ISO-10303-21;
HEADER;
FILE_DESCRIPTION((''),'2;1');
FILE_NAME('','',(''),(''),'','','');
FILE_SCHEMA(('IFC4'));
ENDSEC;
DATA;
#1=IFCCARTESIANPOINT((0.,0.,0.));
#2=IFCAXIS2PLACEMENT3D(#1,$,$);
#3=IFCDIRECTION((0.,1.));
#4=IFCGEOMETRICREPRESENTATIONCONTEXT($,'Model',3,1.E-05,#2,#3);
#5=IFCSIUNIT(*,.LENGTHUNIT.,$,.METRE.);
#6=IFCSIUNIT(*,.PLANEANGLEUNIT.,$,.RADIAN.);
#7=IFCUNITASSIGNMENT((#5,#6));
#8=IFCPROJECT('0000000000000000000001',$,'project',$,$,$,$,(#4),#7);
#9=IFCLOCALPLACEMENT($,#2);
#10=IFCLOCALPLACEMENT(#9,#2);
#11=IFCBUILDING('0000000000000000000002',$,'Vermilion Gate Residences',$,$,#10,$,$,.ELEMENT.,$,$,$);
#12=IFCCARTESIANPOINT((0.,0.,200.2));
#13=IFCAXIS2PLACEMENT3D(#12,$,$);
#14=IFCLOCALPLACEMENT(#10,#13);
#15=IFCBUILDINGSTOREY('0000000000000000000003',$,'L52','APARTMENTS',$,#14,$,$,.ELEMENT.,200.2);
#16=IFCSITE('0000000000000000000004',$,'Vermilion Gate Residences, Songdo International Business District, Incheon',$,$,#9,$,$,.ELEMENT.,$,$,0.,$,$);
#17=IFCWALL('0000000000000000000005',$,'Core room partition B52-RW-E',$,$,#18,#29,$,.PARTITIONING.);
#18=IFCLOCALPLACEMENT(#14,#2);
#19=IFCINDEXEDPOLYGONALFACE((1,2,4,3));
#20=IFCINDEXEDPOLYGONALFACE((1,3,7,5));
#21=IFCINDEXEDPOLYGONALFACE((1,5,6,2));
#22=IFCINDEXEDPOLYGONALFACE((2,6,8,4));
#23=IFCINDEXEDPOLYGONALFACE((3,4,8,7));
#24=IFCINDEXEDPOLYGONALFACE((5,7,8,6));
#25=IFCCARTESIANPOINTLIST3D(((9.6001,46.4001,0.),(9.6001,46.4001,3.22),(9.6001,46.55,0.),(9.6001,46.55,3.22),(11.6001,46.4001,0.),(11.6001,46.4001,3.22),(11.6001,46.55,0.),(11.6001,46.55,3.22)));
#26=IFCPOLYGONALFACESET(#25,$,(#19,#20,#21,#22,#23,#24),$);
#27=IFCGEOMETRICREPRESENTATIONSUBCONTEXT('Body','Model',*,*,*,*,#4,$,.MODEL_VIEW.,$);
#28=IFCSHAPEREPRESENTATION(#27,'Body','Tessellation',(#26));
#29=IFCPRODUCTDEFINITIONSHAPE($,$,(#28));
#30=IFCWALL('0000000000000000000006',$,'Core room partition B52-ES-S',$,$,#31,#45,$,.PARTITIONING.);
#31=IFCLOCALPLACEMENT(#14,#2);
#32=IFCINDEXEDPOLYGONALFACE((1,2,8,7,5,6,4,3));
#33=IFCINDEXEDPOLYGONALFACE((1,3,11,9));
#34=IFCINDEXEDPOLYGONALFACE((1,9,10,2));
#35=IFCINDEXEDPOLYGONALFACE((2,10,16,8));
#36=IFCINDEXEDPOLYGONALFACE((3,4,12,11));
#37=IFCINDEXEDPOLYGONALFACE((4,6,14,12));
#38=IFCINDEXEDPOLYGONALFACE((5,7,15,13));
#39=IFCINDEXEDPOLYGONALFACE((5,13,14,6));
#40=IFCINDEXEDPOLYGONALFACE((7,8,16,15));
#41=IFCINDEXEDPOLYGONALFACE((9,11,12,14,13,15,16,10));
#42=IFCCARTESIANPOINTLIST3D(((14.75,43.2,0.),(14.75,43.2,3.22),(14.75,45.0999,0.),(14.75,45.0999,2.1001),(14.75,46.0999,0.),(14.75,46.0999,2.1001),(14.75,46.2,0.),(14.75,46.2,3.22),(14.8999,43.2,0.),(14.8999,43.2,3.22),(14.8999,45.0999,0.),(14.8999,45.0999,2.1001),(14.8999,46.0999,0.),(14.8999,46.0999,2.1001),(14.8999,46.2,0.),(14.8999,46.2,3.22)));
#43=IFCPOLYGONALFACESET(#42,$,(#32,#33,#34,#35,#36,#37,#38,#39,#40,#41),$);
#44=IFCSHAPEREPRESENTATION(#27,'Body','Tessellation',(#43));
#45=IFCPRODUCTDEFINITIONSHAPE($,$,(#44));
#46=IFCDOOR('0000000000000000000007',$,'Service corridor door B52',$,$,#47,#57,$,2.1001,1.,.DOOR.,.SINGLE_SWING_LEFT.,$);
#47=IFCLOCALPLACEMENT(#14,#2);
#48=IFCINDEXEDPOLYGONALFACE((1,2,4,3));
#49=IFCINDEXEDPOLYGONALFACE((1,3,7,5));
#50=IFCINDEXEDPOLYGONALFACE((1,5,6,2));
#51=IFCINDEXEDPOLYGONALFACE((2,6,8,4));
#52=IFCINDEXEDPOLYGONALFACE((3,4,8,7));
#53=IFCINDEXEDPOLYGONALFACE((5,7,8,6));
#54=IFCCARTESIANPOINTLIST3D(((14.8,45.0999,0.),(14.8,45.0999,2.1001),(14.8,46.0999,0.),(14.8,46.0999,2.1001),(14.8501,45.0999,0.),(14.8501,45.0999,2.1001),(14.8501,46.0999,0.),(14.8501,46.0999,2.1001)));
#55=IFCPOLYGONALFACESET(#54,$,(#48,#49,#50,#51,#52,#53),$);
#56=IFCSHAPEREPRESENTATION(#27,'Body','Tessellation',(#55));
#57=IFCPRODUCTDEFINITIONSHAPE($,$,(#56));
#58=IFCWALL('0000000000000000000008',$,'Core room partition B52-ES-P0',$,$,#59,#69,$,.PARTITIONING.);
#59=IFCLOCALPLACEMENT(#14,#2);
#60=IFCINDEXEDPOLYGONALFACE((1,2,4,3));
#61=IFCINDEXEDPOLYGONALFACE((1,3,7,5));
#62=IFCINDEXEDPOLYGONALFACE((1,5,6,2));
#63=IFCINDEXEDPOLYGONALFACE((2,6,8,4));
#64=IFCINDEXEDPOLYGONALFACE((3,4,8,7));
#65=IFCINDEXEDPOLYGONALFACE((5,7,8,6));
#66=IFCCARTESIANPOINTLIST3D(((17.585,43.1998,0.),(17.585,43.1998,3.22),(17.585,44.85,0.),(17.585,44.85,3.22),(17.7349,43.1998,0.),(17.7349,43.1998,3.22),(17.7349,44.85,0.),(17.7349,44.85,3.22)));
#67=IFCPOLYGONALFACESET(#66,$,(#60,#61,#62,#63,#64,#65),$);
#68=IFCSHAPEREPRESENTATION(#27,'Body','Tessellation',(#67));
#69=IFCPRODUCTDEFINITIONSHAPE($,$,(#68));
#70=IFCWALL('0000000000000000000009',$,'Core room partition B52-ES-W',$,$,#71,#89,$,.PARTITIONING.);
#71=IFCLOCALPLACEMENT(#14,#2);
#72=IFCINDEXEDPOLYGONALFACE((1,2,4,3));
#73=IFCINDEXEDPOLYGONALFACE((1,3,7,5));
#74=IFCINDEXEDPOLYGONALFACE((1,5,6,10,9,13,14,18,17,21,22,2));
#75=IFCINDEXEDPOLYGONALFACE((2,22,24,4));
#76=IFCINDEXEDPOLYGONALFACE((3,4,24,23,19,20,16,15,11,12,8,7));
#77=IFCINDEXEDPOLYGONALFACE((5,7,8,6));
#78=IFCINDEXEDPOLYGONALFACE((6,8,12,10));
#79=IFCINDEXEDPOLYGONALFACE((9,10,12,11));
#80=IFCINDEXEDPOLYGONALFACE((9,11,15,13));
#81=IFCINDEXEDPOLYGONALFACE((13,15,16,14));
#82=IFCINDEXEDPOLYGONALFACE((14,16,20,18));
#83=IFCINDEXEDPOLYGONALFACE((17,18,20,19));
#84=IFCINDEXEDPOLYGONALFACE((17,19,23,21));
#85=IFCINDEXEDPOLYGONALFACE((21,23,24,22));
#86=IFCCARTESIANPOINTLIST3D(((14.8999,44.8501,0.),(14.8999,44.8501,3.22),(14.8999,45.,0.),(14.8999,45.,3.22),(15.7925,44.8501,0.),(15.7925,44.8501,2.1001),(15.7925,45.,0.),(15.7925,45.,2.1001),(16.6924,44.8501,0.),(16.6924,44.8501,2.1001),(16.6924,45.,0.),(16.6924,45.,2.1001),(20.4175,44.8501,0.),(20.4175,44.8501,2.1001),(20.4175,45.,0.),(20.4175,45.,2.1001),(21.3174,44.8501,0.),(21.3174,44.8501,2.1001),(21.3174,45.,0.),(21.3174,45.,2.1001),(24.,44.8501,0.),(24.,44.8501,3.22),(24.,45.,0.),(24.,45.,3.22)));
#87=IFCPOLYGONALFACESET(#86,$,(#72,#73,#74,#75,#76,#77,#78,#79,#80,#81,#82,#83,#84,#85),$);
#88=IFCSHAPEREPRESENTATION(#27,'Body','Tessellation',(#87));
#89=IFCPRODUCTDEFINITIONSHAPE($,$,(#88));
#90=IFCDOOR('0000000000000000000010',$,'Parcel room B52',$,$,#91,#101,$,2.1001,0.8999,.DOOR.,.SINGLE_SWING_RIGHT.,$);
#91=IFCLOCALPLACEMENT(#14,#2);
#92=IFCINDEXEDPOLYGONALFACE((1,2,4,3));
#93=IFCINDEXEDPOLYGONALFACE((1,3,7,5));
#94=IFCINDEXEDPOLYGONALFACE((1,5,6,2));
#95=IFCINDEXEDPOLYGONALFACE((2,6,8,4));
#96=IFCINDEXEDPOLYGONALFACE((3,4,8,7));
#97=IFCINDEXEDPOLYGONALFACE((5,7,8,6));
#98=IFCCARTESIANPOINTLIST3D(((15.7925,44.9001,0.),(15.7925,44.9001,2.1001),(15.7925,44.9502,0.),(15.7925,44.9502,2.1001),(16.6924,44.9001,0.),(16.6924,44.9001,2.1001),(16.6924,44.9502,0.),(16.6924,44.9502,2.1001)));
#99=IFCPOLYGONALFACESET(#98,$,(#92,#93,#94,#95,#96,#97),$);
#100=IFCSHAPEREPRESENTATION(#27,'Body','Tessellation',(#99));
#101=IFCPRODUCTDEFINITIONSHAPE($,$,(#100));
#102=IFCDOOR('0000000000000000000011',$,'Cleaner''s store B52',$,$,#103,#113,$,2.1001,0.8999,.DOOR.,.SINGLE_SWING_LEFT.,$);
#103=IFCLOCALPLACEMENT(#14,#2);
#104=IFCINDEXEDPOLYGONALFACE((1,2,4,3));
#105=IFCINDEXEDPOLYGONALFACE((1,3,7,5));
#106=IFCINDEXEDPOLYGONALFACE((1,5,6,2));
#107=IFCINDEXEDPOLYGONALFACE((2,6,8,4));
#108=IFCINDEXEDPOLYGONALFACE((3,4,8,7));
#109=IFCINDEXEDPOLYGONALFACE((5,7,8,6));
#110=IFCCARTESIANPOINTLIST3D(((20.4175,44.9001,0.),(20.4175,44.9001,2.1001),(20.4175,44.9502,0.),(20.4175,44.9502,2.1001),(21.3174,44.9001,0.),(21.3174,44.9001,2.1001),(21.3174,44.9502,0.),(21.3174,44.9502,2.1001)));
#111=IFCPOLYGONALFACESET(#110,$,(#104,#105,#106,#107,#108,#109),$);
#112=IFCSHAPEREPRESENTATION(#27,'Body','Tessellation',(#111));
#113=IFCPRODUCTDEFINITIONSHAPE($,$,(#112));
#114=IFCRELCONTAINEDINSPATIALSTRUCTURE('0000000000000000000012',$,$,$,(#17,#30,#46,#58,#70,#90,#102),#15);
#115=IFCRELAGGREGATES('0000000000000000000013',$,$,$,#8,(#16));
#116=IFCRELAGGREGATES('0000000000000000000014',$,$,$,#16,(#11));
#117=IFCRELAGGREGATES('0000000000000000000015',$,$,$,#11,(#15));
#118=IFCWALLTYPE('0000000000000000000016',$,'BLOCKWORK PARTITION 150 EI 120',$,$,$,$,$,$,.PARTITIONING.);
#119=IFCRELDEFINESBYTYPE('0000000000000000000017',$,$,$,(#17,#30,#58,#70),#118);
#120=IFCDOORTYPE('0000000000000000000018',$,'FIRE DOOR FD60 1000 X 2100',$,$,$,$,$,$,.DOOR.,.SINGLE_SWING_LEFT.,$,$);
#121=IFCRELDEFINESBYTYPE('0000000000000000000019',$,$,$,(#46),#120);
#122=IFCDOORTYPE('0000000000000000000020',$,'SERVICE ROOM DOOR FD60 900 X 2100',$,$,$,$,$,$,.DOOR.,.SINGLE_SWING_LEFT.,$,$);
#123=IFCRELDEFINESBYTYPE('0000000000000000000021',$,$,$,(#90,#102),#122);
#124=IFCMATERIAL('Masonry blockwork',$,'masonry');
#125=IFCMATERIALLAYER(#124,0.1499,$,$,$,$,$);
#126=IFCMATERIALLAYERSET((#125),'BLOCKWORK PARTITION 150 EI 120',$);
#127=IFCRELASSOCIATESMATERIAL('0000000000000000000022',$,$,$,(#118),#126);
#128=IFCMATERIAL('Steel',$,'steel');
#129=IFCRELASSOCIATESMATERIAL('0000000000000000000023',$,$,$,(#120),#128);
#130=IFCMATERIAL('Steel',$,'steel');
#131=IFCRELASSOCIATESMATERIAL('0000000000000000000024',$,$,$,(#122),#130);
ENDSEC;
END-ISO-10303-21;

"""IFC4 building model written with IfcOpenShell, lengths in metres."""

from ifc_helpers import new_model, si_unit, direction, frame, frame_2d, origin, place, context, subcontext, project, spatial, rectangle, extrude, material, layer, layer_set, type_object, element, fill, save


model = new_model("IFC4")

# Units and contexts
model_context = context("Model", 3, precision=1e-05, world=origin(), true_north=direction((0.0, 1.0)))
body_context = subcontext(model_context, "Body", "Model", "MODEL_VIEW")
ifc_project = project(units=[si_unit("LENGTHUNIT", "METRE"), si_unit("PLANEANGLEUNIT", "RADIAN")], contexts=[model_context])

# Site, building, storey
site_placement = place(None, origin())
site = spatial("IfcSite", under=ifc_project, at=site_placement, Name="Vermilion Gate Residences, Songdo International Business District, Incheon", CompositionType="ELEMENT", RefElevation=0.0)
building_placement = place(site_placement, origin())
building = spatial("IfcBuilding", under=site, at=building_placement, Name="Vermilion Gate Residences", CompositionType="ELEMENT")
storey_placement = place(building_placement, frame((0.0, 0.0, 200.2)))
storey = spatial("IfcBuildingStorey", under=building, at=storey_placement, Name="L52", Description="APARTMENTS", CompositionType="ELEMENT", Elevation=200.2)

# Wall
ifc_material_1 = material(Name="Masonry blockwork", Category="masonry")
ifc_layer_1 = layer(ifc_material_1, 0.1499)
ifc_layer_set_1 = layer_set([ifc_layer_1], Name="BLOCKWORK PARTITION 150 EI 120")
wall_type_1 = type_object("IfcWallType", Name="BLOCKWORK PARTITION 150 EI 120", PredefinedType="PARTITIONING", material=ifc_layer_set_1)
wall_1_placement = place(storey_placement, frame((9.6001, 46.4751, 0.0), z_axis=(0.0, 0.0, 1.0), x_axis=(1.0, 0.0, 0.0)))
element("IfcWall", 1, at=wall_1_placement, inside=storey, type_object=wall_type_1, Name="Core room partition B52-RW-E", PredefinedType="PARTITIONING", context=body_context, shape_type="SweptSolid", body=[
    extrude(rectangle(XDim=2.0, YDim=0.1499, at=frame_2d((1.0, 0.0))), origin(), (0.0, 0.0, 1.0), 3.22),
])

# Wall, opening, door
wall_2_placement = place(storey_placement, frame((14.825, 46.2, 0.0), z_axis=(0.0, 0.0, 1.0), x_axis=(0.0, -1.0, 0.0)))
wall_2 = element("IfcWall", 2, at=wall_2_placement, inside=storey, type_object=wall_type_1, Name="Core room partition B52-ES-S", PredefinedType="PARTITIONING", context=body_context, shape_type="SweptSolid", body=[
    extrude(rectangle(XDim=3.0, YDim=0.1499, at=frame_2d((1.5, 0.0))), origin(), (0.0, 0.0, 1.0), 3.22),
])
opening_1_placement = place(wall_2_placement, frame((0.1001, 0.0, 0.0)))
opening_1 = element("IfcOpeningElement", 3, at=opening_1_placement, cuts=wall_2, PredefinedType="OPENING", context=body_context, shape_type="SweptSolid", body=[
    extrude(rectangle(XDim=1.0, YDim=2.1001, at=frame_2d((0.5, 1.05))), frame((0.0, 0.085, 0.0), z_axis=(0.0, -1.0, 0.0), x_axis=(1.0, 0.0, 0.0)), (0.0, 0.0, 1.0), 0.1699),
])
ifc_material_2 = material(Name="Steel", Category="steel")
door_type_1 = type_object("IfcDoorType", Name="FIRE DOOR FD60 1000 X 2100", OperationType="SINGLE_SWING_LEFT", PredefinedType="DOOR", material=ifc_material_2)
door_1_placement = place(opening_1_placement, frame((1.0, 0.0, 0.0), z_axis=(0.0, 0.0, 1.0), x_axis=(-1.0, 0.0, 0.0)))
door_1 = element("IfcDoor", 4, at=door_1_placement, inside=storey, type_object=door_type_1, Name="Service corridor door B52", OperationType="SINGLE_SWING_LEFT", OverallHeight=2.1001, OverallWidth=1.0, PredefinedType="DOOR", context=body_context, shape_type="SweptSolid", body=[
    extrude(rectangle(XDim=1.0, YDim=2.1001, at=frame_2d((0.5, 1.05))), frame((0.0, 0.0249, 0.0), z_axis=(0.0, -1.0, 0.0), x_axis=(1.0, 0.0, 0.0)), (0.0, 0.0, 1.0), 0.05),
])
fill(opening_1, door_1)

# Wall
wall_3_placement = place(storey_placement, frame((17.6599, 44.8501, 0.0), z_axis=(0.0, 0.0, 1.0), x_axis=(0.0, -1.0, 0.0)))
element("IfcWall", 5, at=wall_3_placement, inside=storey, type_object=wall_type_1, Name="Core room partition B52-ES-P0", PredefinedType="PARTITIONING", context=body_context, shape_type="SweptSolid", body=[
    extrude(rectangle(XDim=1.6501, YDim=0.1499, at=frame_2d((0.8252, 0.0))), origin(), (0.0, 0.0, 1.0), 3.22),
])

# Wall, openings, doors
wall_4_placement = place(storey_placement, frame((14.8999, 44.925, 0.0), z_axis=(0.0, 0.0, 1.0), x_axis=(1.0, 0.0, 0.0)))
wall_4 = element("IfcWall", 6, at=wall_4_placement, inside=storey, type_object=wall_type_1, Name="Core room partition B52-ES-W", PredefinedType="PARTITIONING", context=body_context, shape_type="SweptSolid", body=[
    extrude(rectangle(XDim=9.1001, YDim=0.1499, at=frame_2d((4.55, 0.0))), origin(), (0.0, 0.0, 1.0), 3.22),
])
opening_2_placement = place(wall_4_placement, frame((0.8926, 0.0, 0.0)))
opening_2 = element("IfcOpeningElement", 7, at=opening_2_placement, cuts=wall_4, PredefinedType="OPENING", context=body_context, shape_type="SweptSolid", body=[
    extrude(rectangle(XDim=0.8999, YDim=2.1001, at=frame_2d((0.45, 1.05))), frame((0.0, 0.085, 0.0), z_axis=(0.0, -1.0, 0.0), x_axis=(1.0, 0.0, 0.0)), (0.0, 0.0, 1.0), 0.1699),
])
opening_3_placement = place(wall_4_placement, frame((5.5176, 0.0, 0.0)))
opening_3 = element("IfcOpeningElement", 8, at=opening_3_placement, cuts=wall_4, PredefinedType="OPENING", context=body_context, shape_type="SweptSolid", body=[
    extrude(rectangle(XDim=0.8999, YDim=2.1001, at=frame_2d((0.45, 1.05))), frame((0.0, 0.085, 0.0), z_axis=(0.0, -1.0, 0.0), x_axis=(1.0, 0.0, 0.0)), (0.0, 0.0, 1.0), 0.1699),
])
ifc_material_3 = material(Name="Steel", Category="steel")
door_type_2 = type_object("IfcDoorType", Name="SERVICE ROOM DOOR FD60 900 X 2100", OperationType="SINGLE_SWING_LEFT", PredefinedType="DOOR", material=ifc_material_3)
door_2_placement = place(opening_2_placement, frame((0.8999, 0.0, 0.0), z_axis=(0.0, 0.0, 1.0), x_axis=(-1.0, 0.0, 0.0)))
door_2 = element("IfcDoor", 9, at=door_2_placement, inside=storey, type_object=door_type_2, Name="Parcel room B52", OperationType="SINGLE_SWING_RIGHT", OverallHeight=2.1001, OverallWidth=0.8999, PredefinedType="DOOR", context=body_context, shape_type="SweptSolid", body=[
    extrude(rectangle(XDim=0.8999, YDim=2.1001, at=frame_2d((0.45, 1.05))), frame((0.0, 0.0249, 0.0), z_axis=(0.0, -1.0, 0.0), x_axis=(1.0, 0.0, 0.0)), (0.0, 0.0, 1.0), 0.05),
])
fill(opening_2, door_2)
door_3_placement = place(opening_3_placement, frame((0.8999, 0.0, 0.0), z_axis=(0.0, 0.0, 1.0), x_axis=(-1.0, 0.0, 0.0)))
door_3 = element("IfcDoor", 10, at=door_3_placement, inside=storey, type_object=door_type_2, Name="Cleaner's store B52", OperationType="SINGLE_SWING_LEFT", OverallHeight=2.1001, OverallWidth=0.8999, PredefinedType="DOOR", context=body_context, shape_type="SweptSolid", body=[
    extrude(rectangle(XDim=0.8999, YDim=2.1001, at=frame_2d((0.45, 1.05))), frame((0.0, 0.0249, 0.0), z_axis=(0.0, -1.0, 0.0), x_axis=(1.0, 0.0, 0.0)), (0.0, 0.0, 1.0), 0.05),
])
fill(opening_3, door_3)

save(model, "model.ifc")
